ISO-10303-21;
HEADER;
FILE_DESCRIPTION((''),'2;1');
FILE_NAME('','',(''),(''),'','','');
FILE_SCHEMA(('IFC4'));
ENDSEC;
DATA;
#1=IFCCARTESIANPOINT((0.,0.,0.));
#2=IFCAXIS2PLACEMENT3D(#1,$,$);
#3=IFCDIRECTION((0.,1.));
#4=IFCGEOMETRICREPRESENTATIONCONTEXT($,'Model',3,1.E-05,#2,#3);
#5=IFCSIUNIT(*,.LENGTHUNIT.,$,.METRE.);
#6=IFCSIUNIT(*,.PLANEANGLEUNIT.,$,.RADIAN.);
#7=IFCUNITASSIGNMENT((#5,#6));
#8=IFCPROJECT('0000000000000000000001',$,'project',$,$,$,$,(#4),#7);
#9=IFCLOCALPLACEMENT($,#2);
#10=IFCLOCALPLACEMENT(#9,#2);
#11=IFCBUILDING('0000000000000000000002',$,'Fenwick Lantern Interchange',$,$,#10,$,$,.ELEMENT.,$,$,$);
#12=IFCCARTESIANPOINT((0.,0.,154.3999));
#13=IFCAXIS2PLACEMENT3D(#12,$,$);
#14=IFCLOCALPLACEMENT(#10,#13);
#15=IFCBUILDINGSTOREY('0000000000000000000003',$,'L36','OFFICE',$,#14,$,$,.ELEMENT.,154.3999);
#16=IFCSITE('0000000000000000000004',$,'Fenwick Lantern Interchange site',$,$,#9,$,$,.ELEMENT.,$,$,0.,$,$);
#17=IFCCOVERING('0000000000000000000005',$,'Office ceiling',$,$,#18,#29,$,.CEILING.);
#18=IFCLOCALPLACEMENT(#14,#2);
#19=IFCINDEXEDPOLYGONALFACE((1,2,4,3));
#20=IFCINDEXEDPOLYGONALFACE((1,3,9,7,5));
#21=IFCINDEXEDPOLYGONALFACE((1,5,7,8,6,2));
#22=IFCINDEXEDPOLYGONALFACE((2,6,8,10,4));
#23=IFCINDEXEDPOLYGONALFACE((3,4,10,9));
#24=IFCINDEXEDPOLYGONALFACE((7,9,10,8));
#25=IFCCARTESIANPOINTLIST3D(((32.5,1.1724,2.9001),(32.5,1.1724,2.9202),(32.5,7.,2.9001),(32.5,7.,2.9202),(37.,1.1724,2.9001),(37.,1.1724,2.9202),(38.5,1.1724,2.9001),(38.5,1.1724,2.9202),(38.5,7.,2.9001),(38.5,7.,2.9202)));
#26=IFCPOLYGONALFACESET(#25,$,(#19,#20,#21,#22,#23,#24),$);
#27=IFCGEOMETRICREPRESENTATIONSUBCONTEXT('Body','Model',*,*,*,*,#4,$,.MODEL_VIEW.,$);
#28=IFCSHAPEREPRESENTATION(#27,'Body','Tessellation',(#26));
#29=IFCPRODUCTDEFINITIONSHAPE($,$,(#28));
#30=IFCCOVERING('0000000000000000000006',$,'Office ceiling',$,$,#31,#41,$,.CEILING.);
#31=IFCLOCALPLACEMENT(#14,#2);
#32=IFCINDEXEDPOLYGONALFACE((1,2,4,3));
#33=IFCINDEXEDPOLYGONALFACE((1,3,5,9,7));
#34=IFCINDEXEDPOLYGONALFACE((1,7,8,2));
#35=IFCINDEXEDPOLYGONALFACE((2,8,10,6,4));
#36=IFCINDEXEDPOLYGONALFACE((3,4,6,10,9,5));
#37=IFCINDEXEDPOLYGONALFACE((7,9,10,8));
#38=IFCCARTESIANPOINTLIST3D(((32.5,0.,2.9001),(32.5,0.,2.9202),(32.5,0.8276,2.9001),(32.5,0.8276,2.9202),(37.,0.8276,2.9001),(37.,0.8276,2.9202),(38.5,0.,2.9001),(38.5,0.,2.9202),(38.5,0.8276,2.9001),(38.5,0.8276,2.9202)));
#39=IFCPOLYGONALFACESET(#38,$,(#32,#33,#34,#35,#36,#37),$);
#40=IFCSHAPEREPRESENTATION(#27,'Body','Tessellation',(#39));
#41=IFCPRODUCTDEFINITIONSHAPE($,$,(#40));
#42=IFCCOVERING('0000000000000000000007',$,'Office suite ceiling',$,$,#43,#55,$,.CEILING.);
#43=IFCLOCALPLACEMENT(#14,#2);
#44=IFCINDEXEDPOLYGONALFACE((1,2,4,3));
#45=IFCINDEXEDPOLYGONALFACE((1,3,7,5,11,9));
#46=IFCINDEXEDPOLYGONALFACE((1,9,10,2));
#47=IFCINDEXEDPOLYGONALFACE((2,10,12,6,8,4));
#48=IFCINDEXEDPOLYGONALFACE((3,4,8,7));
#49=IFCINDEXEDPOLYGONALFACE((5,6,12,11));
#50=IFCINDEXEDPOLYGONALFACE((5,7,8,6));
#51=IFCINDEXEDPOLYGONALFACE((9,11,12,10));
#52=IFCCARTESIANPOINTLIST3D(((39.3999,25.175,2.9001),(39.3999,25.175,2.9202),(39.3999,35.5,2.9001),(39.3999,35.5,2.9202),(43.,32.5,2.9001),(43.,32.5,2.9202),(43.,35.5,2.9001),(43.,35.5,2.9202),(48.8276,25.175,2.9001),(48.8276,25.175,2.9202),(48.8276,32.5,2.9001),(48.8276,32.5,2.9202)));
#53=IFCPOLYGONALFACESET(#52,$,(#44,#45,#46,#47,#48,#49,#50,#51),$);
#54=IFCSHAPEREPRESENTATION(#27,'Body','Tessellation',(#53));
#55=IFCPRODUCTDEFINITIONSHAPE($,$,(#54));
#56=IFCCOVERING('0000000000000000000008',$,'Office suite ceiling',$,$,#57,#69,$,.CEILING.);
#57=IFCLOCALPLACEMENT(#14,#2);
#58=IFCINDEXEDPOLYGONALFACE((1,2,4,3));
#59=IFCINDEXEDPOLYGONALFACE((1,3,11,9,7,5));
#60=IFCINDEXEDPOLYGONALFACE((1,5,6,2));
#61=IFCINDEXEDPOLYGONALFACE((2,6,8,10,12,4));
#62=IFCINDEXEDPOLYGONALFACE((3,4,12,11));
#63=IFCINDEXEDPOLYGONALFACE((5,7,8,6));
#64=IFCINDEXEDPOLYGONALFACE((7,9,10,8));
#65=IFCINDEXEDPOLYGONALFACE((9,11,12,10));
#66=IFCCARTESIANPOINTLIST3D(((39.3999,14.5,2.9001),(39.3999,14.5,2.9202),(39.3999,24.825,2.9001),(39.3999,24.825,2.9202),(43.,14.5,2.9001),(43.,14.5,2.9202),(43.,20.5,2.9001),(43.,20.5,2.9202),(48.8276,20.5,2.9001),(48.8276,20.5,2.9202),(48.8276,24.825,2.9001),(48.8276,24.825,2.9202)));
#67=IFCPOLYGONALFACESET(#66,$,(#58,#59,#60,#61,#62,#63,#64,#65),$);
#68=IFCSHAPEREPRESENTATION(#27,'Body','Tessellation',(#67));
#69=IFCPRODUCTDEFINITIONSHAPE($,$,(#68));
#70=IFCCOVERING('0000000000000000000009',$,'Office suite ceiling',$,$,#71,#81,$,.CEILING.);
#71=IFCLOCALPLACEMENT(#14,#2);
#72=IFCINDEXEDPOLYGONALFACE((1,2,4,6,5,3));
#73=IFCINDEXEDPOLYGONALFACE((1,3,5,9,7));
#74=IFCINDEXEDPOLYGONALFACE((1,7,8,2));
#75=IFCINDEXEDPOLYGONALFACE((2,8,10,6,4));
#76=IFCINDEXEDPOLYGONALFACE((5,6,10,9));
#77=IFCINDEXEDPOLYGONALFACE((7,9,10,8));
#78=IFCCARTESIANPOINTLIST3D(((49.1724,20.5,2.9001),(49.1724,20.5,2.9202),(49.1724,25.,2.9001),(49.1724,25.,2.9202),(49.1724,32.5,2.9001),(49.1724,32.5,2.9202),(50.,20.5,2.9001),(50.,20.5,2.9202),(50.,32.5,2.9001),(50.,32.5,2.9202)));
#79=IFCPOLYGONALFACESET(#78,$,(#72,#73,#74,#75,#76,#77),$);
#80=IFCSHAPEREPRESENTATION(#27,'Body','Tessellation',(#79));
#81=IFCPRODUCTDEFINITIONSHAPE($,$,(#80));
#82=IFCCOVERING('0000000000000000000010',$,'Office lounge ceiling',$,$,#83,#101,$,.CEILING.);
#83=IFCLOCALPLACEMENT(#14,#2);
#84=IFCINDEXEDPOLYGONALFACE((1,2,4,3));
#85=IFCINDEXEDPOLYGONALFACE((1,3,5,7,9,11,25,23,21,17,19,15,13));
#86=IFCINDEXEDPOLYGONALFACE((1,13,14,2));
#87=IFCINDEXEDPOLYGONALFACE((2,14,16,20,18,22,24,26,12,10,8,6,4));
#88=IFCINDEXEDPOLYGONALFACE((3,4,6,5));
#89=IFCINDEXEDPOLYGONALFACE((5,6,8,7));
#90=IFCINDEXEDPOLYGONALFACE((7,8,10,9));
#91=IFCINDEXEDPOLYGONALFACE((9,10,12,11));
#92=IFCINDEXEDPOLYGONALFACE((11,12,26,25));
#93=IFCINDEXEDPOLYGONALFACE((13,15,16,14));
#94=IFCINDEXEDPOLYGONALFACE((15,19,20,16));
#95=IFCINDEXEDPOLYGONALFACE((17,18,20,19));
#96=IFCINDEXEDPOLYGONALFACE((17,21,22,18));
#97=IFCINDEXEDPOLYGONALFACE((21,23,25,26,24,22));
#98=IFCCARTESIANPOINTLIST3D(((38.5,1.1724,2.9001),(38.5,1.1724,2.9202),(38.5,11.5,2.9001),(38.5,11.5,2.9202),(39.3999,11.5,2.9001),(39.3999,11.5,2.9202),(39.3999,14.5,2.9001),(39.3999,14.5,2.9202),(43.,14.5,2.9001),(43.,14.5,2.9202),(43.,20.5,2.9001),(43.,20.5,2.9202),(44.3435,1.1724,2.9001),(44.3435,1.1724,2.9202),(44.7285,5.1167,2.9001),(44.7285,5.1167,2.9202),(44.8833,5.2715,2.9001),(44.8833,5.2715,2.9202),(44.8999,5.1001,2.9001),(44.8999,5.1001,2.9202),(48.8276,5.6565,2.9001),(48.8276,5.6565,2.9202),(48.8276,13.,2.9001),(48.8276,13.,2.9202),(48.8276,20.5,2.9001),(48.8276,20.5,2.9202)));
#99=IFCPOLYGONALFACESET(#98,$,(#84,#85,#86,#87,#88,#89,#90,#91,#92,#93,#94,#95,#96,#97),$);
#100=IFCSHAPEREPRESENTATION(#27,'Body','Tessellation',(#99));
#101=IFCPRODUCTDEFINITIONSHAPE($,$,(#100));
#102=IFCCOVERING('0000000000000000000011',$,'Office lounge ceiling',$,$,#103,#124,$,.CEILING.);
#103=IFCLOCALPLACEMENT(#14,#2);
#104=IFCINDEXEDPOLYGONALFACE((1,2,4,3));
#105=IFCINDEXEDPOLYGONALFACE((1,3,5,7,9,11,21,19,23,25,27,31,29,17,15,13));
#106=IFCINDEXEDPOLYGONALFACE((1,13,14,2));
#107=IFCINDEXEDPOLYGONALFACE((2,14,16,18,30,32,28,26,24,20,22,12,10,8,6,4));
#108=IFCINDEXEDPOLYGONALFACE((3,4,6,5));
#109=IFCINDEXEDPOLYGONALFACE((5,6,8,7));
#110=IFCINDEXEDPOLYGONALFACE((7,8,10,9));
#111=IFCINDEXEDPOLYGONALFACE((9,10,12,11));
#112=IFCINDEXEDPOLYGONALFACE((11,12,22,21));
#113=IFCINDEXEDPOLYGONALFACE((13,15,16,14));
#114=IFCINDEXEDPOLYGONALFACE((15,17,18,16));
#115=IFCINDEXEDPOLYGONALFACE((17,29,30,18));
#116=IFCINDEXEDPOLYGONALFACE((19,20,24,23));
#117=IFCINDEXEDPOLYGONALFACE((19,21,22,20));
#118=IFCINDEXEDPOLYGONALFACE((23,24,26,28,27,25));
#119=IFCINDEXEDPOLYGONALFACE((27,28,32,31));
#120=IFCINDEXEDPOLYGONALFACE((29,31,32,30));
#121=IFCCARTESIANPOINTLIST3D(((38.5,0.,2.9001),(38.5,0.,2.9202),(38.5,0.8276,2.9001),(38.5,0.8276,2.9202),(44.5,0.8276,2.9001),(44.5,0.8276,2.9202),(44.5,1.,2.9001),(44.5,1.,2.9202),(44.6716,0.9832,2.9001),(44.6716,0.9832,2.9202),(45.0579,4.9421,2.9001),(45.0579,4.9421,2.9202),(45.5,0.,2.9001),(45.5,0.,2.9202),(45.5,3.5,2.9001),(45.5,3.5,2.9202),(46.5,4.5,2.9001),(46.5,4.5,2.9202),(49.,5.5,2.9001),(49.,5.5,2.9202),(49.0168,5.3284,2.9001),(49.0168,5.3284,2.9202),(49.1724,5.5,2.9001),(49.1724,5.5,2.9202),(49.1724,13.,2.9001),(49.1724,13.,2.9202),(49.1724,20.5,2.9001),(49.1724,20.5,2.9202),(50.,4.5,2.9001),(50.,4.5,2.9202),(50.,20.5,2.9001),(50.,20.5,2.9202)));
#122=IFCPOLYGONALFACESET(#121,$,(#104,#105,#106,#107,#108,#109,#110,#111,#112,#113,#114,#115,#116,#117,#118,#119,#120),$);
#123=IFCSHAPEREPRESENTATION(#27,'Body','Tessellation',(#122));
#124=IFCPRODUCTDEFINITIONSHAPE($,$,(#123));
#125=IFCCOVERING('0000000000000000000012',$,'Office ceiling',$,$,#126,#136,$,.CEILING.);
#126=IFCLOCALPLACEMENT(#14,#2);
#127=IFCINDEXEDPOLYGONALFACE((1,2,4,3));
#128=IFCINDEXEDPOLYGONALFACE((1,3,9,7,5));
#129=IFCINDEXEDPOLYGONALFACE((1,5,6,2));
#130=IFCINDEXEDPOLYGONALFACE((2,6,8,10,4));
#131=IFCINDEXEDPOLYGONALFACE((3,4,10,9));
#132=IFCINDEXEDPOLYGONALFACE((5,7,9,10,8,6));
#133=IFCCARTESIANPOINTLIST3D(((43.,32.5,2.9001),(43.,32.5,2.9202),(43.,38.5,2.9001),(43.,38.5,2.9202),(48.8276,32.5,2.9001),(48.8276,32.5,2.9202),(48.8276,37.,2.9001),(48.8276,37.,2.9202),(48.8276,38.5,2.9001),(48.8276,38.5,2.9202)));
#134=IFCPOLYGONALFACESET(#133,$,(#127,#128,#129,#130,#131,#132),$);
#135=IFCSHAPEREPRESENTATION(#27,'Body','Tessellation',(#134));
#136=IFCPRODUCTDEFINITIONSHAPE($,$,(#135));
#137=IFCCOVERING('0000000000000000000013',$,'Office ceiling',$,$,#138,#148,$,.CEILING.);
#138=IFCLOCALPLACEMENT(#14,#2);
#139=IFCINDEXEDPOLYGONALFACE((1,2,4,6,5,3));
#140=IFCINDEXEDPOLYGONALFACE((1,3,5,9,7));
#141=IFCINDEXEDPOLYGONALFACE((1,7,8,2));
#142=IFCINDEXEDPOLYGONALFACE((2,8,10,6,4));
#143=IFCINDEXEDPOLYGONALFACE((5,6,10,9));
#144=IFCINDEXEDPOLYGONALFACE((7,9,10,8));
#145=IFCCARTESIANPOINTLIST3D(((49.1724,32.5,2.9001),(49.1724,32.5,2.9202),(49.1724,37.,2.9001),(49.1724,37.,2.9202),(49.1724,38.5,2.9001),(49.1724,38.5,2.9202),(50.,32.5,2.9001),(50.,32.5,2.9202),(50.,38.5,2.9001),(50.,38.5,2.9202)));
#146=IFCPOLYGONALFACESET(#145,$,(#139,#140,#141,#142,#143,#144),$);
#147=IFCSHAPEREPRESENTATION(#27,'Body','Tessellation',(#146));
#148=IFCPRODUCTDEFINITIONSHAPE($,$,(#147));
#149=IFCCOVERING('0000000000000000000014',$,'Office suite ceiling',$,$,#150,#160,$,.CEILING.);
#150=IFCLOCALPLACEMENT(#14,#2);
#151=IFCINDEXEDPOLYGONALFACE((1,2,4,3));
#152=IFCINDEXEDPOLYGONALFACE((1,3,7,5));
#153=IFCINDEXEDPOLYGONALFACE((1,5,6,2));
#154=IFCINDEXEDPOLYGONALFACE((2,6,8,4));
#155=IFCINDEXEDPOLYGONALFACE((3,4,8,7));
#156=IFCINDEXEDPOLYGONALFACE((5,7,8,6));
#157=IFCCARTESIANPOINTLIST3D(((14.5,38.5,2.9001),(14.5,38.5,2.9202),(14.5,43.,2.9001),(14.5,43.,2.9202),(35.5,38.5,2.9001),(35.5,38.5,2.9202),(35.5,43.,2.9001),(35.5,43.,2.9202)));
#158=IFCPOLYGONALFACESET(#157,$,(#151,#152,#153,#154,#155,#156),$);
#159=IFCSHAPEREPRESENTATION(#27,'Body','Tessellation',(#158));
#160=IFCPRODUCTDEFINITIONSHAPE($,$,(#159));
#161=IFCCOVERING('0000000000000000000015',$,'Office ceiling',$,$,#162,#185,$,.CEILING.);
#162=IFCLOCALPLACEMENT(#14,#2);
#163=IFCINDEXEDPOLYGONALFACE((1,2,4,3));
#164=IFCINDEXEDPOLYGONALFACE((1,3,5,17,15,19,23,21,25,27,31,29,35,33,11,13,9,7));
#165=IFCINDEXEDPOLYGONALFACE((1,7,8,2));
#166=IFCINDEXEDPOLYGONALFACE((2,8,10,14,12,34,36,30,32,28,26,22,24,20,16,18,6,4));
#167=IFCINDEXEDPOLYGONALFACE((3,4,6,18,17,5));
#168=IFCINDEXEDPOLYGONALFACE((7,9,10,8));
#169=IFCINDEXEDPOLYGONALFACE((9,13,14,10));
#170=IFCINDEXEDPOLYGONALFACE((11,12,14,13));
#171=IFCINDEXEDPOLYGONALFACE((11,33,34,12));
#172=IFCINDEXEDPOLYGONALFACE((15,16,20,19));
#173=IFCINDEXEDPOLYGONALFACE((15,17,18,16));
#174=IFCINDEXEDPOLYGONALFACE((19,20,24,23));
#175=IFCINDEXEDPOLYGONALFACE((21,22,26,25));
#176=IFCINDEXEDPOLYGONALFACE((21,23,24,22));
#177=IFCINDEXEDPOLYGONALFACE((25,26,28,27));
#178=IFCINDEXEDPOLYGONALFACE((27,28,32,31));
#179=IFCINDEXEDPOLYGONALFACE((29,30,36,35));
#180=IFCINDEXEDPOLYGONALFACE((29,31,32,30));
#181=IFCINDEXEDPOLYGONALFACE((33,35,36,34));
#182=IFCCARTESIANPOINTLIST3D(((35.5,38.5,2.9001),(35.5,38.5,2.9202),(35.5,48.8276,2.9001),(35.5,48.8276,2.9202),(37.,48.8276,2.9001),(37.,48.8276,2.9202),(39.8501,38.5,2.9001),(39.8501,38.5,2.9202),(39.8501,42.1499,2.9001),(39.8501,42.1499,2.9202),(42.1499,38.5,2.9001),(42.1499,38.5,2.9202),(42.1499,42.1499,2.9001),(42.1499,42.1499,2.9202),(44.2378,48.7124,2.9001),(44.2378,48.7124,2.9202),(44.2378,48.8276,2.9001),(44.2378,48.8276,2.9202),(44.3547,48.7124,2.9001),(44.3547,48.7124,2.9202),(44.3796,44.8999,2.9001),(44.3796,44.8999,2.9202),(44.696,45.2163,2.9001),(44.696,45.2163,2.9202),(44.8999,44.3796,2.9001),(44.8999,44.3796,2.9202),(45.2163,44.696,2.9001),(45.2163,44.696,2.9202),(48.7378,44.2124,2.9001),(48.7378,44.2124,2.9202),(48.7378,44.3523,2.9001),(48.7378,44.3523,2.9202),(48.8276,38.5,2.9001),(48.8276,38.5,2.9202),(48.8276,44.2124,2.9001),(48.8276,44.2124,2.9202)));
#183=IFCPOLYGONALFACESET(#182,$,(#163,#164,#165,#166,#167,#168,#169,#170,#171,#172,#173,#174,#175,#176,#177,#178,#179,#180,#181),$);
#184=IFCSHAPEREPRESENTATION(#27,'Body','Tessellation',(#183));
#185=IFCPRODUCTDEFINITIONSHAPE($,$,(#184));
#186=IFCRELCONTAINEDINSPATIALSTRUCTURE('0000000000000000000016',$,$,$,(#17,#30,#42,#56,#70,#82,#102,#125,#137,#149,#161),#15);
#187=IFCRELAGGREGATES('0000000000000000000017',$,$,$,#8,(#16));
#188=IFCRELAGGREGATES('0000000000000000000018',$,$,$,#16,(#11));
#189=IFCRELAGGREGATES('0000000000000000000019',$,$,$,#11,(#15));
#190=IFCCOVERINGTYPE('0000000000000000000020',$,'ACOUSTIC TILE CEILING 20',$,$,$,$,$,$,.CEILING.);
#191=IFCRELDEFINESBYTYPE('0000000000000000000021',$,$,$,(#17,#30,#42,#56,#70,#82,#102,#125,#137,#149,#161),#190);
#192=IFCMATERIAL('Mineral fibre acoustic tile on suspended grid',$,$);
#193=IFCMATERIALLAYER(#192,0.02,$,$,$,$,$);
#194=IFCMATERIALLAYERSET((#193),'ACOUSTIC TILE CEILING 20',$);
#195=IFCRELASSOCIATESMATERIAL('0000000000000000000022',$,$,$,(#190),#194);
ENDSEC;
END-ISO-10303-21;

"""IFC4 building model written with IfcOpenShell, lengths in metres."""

from ifc_helpers import new_model, si_unit, direction, frame, origin, place, context, subcontext, project, spatial, polyline, outline, extrude, material, layer, layer_set, type_object, element, save


model = new_model("IFC4")

# Units and contexts
model_context = context("Model", 3, precision=1e-05, world=origin(), true_north=direction((0.0, 1.0)))
body_context = subcontext(model_context, "Body", "Model", "MODEL_VIEW")
ifc_project = project(units=[si_unit("LENGTHUNIT", "METRE"), si_unit("PLANEANGLEUNIT", "RADIAN")], contexts=[model_context])

# Site, building, storey
site_placement = place(None, origin())
site = spatial("IfcSite", under=ifc_project, at=site_placement, Name="Fenwick Lantern Interchange site", CompositionType="ELEMENT", RefElevation=0.0)
building_placement = place(site_placement, origin())
building = spatial("IfcBuilding", under=site, at=building_placement, Name="Fenwick Lantern Interchange", CompositionType="ELEMENT")
storey_placement = place(building_placement, frame((0.0, 0.0, 154.3999)))
storey = spatial("IfcBuildingStorey", under=building, at=storey_placement, Name="L36", Description="OFFICE", CompositionType="ELEMENT", Elevation=154.3999)

# Coverings
ifc_material = material(Name="Mineral fibre acoustic tile on suspended grid")
ifc_layer = layer(ifc_material, 0.02)
ifc_layer_set = layer_set([ifc_layer], Name="ACOUSTIC TILE CEILING 20")
covering_type = type_object("IfcCoveringType", Name="ACOUSTIC TILE CEILING 20", PredefinedType="CEILING", material=ifc_layer_set)
covering_1_placement = place(storey_placement, frame((0.0, 0.0, 2.9001)))
element("IfcCovering", 1, at=covering_1_placement, inside=storey, type_object=covering_type, Name="Office ceiling", PredefinedType="CEILING", context=body_context, shape_type="SweptSolid", body=[
    extrude(outline(polyline([(32.5, 7.0), (32.5, 1.1724), (37.0, 1.1724), (38.5, 1.1724), (38.5, 7.0), (32.5, 7.0)])), origin(), (0.0, 0.0, 1.0), 0.02),
])
covering_2_placement = place(storey_placement, frame((0.0, 0.0, 2.9001)))
element("IfcCovering", 2, at=covering_2_placement, inside=storey, type_object=covering_type, Name="Office ceiling", PredefinedType="CEILING", context=body_context, shape_type="SweptSolid", body=[
    extrude(outline(polyline([(38.5, 0.0), (38.5, 0.8276), (37.0, 0.8276), (32.5, 0.8276), (32.5, 0.0), (38.5, 0.0)])), origin(), (0.0, 0.0, 1.0), 0.02),
])
covering_3_placement = place(storey_placement, frame((0.0, 0.0, 2.9001)))
element("IfcCovering", 3, at=covering_3_placement, inside=storey, type_object=covering_type, Name="Office suite ceiling", PredefinedType="CEILING", context=body_context, shape_type="SweptSolid", body=[
    extrude(outline(polyline([(39.3999, 35.5), (39.3999, 25.175), (48.8276, 25.175), (48.8276, 32.5), (43.0, 32.5), (43.0, 35.5), (39.3999, 35.5)])), origin(), (0.0, 0.0, 1.0), 0.02),
])
covering_4_placement = place(storey_placement, frame((0.0, 0.0, 2.9001)))
element("IfcCovering", 4, at=covering_4_placement, inside=storey, type_object=covering_type, Name="Office suite ceiling", PredefinedType="CEILING", context=body_context, shape_type="SweptSolid", body=[
    extrude(outline(polyline([(43.0, 20.5), (48.8276, 20.5), (48.8276, 24.825), (39.3999, 24.825), (39.3999, 14.5), (43.0, 14.5), (43.0, 20.5)])), origin(), (0.0, 0.0, 1.0), 0.02),
])
covering_5_placement = place(storey_placement, frame((0.0, 0.0, 2.9001)))
element("IfcCovering", 5, at=covering_5_placement, inside=storey, type_object=covering_type, Name="Office suite ceiling", PredefinedType="CEILING", context=body_context, shape_type="SweptSolid", body=[
    extrude(outline(polyline([(50.0, 20.5), (50.0, 32.5), (49.1724, 32.5), (49.1724, 25.0), (49.1724, 20.5), (50.0, 20.5)])), origin(), (0.0, 0.0, 1.0), 0.02),
])
covering_6_placement = place(storey_placement, frame((0.0, 0.0, 2.9001)))
element("IfcCovering", 6, at=covering_6_placement, inside=storey, type_object=covering_type, Name="Office lounge ceiling", PredefinedType="CEILING", context=body_context, shape_type="SweptSolid", body=[
    extrude(outline(polyline([(48.8276, 20.5), (43.0, 20.5), (43.0, 14.5), (39.3999, 14.5), (39.3999, 11.5), (38.5, 11.5), (38.5, 1.1724), (44.3435, 1.1724), (44.7285, 5.1167), (44.8999, 5.1001), (44.8833, 5.2715), (48.8276, 5.6565), (48.8276, 13.0), (48.8276, 20.5)])), origin(), (0.0, 0.0, 1.0), 0.02),
])
covering_7_placement = place(storey_placement, frame((0.0, 0.0, 2.9001)))
element("IfcCovering", 7, at=covering_7_placement, inside=storey, type_object=covering_type, Name="Office lounge ceiling", PredefinedType="CEILING", context=body_context, shape_type="SweptSolid", body=[
    extrude(outline(polyline([(50.0, 20.5), (49.1724, 20.5), (49.1724, 13.0), (49.1724, 5.5), (49.0, 5.5), (49.0168, 5.3284), (45.0579, 4.9421), (44.6716, 0.9832), (44.5, 1.0), (44.5, 0.8276), (38.5, 0.8276), (38.5, 0.0), (45.5, 0.0), (45.5, 3.5), (46.5, 4.5), (50.0, 4.5), (50.0, 20.5)])), origin(), (0.0, 0.0, 1.0), 0.02),
])
covering_8_placement = place(storey_placement, frame((0.0, 0.0, 2.9001)))
element("IfcCovering", 8, at=covering_8_placement, inside=storey, type_object=covering_type, Name="Office ceiling", PredefinedType="CEILING", context=body_context, shape_type="SweptSolid", body=[
    extrude(outline(polyline([(43.0, 32.5), (48.8276, 32.5), (48.8276, 37.0), (48.8276, 38.5), (43.0, 38.5), (43.0, 32.5)])), origin(), (0.0, 0.0, 1.0), 0.02),
])
covering_9_placement = place(storey_placement, frame((0.0, 0.0, 2.9001)))
element("IfcCovering", 9, at=covering_9_placement, inside=storey, type_object=covering_type, Name="Office ceiling", PredefinedType="CEILING", context=body_context, shape_type="SweptSolid", body=[
    extrude(outline(polyline([(50.0, 38.5), (49.1724, 38.5), (49.1724, 37.0), (49.1724, 32.5), (50.0, 32.5), (50.0, 38.5)])), origin(), (0.0, 0.0, 1.0), 0.02),
])
covering_10_placement = place(storey_placement, frame((0.0, 0.0, 2.9001)))
element("IfcCovering", 10, at=covering_10_placement, inside=storey, type_object=covering_type, Name="Office suite ceiling", PredefinedType="CEILING", context=body_context, shape_type="SweptSolid", body=[
    extrude(outline(polyline([(35.5, 38.5), (35.5, 43.0), (14.5, 43.0), (14.5, 38.5), (35.5, 38.5)])), origin(), (0.0, 0.0, 1.0), 0.02),
])
covering_11_placement = place(storey_placement, frame((0.0, 0.0, 2.9001)))
element("IfcCovering", 11, at=covering_11_placement, inside=storey, type_object=covering_type, Name="Office ceiling", PredefinedType="CEILING", context=body_context, shape_type="SweptSolid", body=[
    extrude(outline(polyline([(48.8276, 44.2124), (48.7378, 44.2124), (48.7378, 44.3523), (45.2163, 44.696), (44.8999, 44.3796), (44.3796, 44.8999), (44.696, 45.2163), (44.3547, 48.7124), (44.2378, 48.7124), (44.2378, 48.8276), (37.0, 48.8276), (35.5, 48.8276), (35.5, 38.5), (39.8501, 38.5), (39.8501, 42.1499), (42.1499, 42.1499), (42.1499, 38.5), (48.8276, 38.5), (48.8276, 44.2124)])), origin(), (0.0, 0.0, 1.0), 0.02),
])

save(model, "model.ifc")
